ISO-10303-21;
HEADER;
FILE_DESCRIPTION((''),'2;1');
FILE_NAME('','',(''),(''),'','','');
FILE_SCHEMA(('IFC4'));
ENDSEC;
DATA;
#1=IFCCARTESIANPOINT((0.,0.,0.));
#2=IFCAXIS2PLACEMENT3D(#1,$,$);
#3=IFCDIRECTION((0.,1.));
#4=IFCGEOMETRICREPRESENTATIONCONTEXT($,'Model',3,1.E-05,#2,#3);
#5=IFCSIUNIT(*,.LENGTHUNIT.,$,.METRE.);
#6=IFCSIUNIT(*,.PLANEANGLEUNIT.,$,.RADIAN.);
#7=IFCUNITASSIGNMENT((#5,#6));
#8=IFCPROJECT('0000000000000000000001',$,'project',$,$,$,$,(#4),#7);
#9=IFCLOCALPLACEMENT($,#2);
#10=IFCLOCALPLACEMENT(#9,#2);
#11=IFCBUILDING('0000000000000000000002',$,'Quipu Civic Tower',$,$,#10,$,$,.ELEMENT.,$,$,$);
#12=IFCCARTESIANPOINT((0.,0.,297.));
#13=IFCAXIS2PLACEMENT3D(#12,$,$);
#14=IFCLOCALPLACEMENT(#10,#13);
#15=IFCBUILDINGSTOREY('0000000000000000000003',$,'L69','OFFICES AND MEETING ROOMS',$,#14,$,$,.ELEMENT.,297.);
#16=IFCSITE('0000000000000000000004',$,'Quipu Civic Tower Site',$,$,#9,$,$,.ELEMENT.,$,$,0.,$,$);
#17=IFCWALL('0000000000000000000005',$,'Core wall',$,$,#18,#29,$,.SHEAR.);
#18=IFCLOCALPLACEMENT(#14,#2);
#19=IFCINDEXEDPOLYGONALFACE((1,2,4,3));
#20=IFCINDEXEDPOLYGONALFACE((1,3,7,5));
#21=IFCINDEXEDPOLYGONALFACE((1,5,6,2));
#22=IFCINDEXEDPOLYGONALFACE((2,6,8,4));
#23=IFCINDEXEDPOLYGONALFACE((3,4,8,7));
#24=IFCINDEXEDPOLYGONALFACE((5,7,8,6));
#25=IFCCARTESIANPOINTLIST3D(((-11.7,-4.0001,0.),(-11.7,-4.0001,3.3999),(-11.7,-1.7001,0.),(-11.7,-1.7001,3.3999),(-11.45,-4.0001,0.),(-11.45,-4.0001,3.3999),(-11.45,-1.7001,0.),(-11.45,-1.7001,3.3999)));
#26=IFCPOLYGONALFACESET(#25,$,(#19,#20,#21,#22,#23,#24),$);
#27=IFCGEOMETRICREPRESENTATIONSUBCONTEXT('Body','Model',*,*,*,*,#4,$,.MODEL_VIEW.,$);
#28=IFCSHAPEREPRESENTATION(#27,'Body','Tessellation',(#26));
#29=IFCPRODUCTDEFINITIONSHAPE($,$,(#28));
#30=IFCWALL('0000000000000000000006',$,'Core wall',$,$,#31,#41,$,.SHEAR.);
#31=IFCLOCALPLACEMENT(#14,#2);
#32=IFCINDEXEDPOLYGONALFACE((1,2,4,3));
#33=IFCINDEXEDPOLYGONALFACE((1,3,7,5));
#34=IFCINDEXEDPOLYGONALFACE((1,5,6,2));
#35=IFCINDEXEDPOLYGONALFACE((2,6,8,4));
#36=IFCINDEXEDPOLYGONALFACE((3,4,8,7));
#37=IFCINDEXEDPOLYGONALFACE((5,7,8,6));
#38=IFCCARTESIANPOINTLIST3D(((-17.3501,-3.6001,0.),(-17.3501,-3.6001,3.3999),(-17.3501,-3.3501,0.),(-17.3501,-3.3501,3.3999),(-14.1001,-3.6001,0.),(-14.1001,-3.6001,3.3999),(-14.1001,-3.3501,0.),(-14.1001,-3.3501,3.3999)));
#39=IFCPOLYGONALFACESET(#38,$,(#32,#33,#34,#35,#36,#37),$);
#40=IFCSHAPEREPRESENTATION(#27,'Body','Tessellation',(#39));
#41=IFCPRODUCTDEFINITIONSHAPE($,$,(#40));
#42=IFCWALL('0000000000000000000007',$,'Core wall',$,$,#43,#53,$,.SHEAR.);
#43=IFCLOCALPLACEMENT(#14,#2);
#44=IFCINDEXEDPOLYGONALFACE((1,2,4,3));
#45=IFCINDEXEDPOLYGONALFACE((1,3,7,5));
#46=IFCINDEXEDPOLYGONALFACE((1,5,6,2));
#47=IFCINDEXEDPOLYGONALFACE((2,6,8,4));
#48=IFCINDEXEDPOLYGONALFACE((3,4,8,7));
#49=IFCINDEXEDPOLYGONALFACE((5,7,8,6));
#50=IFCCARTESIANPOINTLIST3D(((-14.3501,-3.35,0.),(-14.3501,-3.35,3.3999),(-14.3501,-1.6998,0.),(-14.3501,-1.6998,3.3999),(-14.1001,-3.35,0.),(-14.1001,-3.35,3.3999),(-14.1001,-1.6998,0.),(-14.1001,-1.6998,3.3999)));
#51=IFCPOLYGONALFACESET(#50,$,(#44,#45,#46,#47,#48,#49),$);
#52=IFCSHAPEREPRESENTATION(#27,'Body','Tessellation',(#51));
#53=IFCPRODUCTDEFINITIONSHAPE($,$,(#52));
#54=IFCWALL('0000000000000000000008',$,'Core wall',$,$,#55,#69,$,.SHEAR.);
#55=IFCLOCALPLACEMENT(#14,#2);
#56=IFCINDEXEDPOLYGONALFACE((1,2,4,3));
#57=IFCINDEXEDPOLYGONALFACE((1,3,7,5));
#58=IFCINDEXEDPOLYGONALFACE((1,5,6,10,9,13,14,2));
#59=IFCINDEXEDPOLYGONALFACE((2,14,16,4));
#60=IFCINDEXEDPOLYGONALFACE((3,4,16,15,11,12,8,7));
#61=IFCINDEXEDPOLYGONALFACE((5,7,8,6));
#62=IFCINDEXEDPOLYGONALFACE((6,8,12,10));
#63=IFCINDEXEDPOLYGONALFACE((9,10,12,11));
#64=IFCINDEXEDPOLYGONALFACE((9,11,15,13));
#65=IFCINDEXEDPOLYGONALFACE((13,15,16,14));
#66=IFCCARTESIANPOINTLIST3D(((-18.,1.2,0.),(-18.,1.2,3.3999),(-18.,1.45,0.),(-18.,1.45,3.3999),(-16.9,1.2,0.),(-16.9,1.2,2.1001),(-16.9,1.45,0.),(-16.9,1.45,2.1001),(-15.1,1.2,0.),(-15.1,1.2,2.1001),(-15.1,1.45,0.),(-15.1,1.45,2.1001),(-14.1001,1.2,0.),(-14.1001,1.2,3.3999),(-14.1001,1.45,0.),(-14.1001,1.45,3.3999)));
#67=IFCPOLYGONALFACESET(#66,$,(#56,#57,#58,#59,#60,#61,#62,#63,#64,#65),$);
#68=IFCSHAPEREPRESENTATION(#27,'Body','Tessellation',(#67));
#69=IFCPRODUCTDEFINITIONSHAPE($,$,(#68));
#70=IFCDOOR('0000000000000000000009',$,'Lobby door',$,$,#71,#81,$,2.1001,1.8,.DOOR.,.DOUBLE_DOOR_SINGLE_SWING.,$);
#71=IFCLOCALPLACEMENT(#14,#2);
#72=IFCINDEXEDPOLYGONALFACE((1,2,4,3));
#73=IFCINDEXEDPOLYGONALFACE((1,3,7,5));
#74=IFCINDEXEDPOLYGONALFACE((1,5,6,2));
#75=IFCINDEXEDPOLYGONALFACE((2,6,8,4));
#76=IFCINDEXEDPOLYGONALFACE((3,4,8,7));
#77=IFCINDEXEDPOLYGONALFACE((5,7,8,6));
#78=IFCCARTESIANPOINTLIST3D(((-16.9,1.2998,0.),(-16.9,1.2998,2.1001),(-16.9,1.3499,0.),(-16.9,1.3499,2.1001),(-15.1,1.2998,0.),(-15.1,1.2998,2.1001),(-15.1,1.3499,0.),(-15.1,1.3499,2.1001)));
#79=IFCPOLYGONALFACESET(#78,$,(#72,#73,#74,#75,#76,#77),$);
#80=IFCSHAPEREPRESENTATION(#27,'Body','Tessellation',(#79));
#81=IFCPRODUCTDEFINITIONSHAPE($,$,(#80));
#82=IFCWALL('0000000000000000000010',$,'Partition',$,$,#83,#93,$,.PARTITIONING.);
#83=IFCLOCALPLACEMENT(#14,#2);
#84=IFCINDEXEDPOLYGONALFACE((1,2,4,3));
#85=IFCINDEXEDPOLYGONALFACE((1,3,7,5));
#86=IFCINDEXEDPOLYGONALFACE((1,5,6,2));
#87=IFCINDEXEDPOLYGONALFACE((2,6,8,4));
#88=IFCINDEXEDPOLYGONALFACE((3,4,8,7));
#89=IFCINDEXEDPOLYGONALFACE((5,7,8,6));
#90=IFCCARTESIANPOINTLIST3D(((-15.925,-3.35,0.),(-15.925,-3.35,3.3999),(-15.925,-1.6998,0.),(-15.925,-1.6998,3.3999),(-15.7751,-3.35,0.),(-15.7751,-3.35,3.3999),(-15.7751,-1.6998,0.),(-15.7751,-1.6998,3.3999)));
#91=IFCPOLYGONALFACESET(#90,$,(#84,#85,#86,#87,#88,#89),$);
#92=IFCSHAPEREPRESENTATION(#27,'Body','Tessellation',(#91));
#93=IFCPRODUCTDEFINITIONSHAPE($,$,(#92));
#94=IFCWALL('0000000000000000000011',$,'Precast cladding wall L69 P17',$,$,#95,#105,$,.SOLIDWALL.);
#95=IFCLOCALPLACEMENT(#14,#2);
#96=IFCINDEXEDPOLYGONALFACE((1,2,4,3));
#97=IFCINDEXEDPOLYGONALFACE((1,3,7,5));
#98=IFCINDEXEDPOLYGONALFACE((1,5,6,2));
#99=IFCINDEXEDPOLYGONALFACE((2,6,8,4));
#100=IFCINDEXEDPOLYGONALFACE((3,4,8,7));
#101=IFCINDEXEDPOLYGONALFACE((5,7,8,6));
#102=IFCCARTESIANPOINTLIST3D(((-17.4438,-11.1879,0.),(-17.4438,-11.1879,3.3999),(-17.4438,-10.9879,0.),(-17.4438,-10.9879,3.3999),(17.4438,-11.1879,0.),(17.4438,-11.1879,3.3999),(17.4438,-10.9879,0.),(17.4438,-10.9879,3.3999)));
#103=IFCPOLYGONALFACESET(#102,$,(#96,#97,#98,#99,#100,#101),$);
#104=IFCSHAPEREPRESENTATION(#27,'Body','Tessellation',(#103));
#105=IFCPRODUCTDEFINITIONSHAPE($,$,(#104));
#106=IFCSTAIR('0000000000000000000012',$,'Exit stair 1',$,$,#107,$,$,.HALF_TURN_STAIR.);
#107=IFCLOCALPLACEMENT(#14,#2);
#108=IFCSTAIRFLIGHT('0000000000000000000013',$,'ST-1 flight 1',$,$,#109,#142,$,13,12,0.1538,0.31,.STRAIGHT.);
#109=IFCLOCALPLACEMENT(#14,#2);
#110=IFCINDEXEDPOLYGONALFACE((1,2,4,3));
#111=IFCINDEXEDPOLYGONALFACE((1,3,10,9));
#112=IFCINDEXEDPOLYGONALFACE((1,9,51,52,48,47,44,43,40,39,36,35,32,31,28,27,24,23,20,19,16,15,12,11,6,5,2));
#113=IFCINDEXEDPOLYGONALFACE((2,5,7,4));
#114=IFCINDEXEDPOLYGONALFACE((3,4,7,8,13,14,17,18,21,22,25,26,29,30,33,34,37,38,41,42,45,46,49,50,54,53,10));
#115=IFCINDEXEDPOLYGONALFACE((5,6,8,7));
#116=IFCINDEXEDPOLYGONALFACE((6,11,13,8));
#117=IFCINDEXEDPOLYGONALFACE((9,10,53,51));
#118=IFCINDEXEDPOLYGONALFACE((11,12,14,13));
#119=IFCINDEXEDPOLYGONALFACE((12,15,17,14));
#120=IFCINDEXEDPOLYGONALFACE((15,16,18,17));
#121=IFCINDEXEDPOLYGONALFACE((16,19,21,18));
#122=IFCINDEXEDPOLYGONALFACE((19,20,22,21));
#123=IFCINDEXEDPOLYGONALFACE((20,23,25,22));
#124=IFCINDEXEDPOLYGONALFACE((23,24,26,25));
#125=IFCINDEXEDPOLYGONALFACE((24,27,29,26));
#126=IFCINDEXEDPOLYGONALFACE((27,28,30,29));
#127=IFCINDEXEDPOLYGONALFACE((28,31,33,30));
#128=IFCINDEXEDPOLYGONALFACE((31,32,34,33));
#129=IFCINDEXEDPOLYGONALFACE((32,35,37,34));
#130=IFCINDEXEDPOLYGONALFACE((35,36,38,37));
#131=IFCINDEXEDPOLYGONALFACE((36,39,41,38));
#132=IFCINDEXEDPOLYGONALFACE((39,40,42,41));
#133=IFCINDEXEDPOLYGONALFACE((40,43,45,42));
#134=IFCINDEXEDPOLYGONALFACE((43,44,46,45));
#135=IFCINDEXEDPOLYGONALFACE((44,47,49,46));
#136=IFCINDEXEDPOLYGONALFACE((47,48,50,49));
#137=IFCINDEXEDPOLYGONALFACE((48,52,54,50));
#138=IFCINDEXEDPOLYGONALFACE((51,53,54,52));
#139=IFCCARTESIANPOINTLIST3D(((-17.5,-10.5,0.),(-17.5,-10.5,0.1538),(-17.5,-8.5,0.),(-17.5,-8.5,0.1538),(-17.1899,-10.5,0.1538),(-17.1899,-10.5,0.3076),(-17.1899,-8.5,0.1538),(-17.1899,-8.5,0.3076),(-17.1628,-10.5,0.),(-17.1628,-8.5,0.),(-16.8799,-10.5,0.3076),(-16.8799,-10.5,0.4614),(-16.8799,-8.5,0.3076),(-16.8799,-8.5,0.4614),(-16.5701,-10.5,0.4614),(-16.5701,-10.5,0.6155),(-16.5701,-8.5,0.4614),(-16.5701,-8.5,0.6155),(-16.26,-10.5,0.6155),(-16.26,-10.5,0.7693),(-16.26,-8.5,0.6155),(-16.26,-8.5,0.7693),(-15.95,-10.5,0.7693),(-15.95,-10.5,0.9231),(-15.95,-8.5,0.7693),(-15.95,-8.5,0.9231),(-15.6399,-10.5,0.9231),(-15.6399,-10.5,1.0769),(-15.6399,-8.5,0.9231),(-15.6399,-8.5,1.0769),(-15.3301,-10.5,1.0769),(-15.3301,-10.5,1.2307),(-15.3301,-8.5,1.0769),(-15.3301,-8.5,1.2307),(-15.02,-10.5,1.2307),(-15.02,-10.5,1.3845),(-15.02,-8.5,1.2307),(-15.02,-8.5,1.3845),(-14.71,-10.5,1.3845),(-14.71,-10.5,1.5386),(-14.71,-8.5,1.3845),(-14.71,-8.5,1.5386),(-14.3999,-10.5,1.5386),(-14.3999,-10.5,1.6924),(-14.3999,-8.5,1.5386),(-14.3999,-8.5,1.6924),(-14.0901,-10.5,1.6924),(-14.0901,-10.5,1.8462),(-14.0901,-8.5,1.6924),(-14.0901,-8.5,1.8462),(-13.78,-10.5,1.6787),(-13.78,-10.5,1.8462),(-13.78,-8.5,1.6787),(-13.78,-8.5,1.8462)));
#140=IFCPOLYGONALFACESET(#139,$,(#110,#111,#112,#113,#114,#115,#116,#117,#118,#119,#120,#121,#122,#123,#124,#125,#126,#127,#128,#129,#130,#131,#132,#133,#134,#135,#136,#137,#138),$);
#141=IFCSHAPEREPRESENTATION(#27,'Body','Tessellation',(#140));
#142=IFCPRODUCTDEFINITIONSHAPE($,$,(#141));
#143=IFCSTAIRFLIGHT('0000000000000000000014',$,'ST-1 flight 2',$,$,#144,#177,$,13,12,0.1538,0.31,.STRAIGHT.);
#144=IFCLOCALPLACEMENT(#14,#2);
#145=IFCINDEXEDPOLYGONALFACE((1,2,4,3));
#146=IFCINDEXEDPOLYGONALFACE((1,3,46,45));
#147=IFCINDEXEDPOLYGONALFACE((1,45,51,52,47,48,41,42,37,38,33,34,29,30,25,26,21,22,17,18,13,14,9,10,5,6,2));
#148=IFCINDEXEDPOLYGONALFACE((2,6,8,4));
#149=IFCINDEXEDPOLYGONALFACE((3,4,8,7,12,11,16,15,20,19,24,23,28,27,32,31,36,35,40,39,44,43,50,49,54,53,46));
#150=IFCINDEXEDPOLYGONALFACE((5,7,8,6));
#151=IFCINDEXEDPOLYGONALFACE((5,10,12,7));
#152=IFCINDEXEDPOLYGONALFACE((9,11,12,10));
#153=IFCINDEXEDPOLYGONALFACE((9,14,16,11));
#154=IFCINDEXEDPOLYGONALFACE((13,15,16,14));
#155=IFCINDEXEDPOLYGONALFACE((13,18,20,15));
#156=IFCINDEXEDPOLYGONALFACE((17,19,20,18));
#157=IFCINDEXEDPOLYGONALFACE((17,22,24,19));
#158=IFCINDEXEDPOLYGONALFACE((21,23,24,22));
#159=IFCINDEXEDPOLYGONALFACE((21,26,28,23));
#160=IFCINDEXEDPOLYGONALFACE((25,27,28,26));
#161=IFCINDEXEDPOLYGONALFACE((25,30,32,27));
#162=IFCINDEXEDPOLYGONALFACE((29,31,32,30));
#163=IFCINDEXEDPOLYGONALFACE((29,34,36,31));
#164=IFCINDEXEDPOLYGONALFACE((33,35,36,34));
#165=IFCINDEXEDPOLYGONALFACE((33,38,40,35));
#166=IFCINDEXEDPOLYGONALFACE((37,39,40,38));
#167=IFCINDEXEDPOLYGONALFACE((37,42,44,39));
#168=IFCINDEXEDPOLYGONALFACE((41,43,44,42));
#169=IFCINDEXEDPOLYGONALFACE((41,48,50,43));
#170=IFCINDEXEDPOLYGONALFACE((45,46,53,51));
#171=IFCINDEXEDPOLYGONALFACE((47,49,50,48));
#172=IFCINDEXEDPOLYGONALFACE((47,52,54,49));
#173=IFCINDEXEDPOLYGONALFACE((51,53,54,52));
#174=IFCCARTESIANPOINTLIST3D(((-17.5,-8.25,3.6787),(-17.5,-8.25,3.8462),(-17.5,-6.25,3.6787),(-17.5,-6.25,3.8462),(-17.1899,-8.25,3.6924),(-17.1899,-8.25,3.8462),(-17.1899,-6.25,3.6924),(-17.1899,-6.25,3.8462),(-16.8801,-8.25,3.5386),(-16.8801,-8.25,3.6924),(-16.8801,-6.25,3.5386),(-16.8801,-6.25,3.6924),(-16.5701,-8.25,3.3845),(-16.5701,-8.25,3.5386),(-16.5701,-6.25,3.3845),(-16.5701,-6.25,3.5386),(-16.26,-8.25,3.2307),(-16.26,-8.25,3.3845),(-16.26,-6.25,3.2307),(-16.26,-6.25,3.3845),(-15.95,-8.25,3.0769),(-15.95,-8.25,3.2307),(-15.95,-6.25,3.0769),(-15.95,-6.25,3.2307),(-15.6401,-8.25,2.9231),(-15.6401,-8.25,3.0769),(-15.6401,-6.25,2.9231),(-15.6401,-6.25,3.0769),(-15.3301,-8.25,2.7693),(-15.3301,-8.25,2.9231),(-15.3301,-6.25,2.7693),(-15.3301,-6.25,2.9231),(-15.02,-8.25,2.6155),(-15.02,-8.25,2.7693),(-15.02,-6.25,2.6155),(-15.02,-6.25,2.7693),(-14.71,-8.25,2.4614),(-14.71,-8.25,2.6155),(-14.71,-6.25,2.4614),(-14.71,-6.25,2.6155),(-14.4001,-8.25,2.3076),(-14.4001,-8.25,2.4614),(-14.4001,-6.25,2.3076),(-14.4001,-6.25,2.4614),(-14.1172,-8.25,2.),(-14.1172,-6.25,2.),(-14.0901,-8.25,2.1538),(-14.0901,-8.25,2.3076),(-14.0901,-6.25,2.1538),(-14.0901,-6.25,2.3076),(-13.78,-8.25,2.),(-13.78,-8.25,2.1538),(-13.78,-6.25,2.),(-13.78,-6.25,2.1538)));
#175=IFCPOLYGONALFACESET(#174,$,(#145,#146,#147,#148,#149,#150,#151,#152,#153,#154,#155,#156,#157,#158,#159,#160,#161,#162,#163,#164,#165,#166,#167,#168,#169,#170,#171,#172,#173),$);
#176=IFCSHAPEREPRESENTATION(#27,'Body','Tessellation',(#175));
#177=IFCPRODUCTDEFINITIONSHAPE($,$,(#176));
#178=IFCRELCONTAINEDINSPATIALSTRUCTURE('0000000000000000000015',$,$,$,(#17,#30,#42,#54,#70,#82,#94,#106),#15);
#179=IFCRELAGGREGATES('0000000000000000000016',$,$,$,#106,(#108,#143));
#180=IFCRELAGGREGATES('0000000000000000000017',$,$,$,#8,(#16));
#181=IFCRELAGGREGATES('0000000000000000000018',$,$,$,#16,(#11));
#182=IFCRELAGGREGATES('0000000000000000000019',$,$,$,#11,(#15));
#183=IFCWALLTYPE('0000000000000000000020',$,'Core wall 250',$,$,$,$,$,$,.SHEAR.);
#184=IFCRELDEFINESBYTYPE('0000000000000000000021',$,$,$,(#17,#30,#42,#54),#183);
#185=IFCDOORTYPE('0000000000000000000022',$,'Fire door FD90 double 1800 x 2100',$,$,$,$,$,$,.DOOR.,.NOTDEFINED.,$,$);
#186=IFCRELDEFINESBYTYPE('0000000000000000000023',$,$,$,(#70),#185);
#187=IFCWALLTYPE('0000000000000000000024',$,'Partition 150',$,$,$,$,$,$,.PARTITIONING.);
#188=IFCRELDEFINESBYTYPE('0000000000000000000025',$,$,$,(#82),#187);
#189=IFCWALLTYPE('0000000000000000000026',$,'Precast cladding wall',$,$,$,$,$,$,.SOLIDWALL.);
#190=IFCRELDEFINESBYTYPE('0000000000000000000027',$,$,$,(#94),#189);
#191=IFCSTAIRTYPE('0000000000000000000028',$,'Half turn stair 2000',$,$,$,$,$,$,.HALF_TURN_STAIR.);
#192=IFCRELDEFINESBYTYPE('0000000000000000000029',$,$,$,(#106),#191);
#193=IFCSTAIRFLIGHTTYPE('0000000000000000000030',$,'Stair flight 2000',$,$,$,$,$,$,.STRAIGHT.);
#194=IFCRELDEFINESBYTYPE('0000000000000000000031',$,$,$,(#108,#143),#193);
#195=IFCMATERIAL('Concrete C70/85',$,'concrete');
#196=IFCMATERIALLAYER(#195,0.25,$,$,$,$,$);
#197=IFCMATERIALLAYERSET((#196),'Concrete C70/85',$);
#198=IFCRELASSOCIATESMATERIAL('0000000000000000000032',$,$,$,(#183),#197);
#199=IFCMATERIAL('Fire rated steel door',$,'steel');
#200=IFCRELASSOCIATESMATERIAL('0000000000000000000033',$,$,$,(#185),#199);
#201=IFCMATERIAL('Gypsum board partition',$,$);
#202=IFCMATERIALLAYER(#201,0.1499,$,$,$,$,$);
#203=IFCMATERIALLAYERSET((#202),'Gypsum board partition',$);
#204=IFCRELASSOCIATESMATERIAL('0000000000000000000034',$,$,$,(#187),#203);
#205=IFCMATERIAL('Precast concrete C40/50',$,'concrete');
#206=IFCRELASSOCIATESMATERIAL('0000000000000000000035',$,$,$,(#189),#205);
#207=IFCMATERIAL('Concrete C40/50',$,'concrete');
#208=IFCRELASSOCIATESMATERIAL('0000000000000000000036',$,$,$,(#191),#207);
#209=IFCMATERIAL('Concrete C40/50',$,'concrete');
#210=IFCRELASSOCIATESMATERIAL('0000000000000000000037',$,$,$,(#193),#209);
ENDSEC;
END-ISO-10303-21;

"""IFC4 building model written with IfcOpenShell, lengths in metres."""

from ifc_helpers import new_model, si_unit, direction, frame, frame_2d, origin, place, context, subcontext, project, spatial, polyline, rectangle, outline, extrude, material, layer, layer_set, type_object, element, fill, aggregate, save


model = new_model("IFC4")

# Units and contexts
model_context = context("Model", 3, precision=1e-05, world=origin(), true_north=direction((0.0, 1.0)))
body_context = subcontext(model_context, "Body", "Model", "MODEL_VIEW")
ifc_project = project(units=[si_unit("LENGTHUNIT", "METRE"), si_unit("PLANEANGLEUNIT", "RADIAN")], contexts=[model_context])

# Site, building, storey
site_placement = place(None, origin())
site = spatial("IfcSite", under=ifc_project, at=site_placement, Name="Quipu Civic Tower Site", CompositionType="ELEMENT", RefElevation=0.0)
building_placement = place(site_placement, origin())
building = spatial("IfcBuilding", under=site, at=building_placement, Name="Quipu Civic Tower", CompositionType="ELEMENT")
storey_placement = place(building_placement, frame((0.0, 0.0, 297.0)))
storey = spatial("IfcBuildingStorey", under=building, at=storey_placement, Name="L69", Description="OFFICES AND MEETING ROOMS", CompositionType="ELEMENT", Elevation=297.0)

# Shared definitions
ifc_material_1 = material(Name="Concrete C70/85", Category="concrete")
ifc_layer_1 = layer(ifc_material_1, 0.25)
ifc_layer_set_1 = layer_set([ifc_layer_1], Name="Concrete C70/85")
wall_type_1 = type_object("IfcWallType", Name="Core wall 250", PredefinedType="SHEAR", material=ifc_layer_set_1)

# Walls
wall_1_placement = place(storey_placement, frame((-11.575, -4.0, 0.0), z_axis=(0.0, 0.0, 1.0), x_axis=(0.0, 1.0, 0.0)))
element("IfcWall", 1, at=wall_1_placement, inside=storey, type_object=wall_type_1, Name="Core wall", PredefinedType="SHEAR", context=body_context, shape_type="SweptSolid", body=[
    extrude(rectangle(XDim=2.3, YDim=0.25, at=frame_2d((1.1499, 0.0))), origin(), (0.0, 0.0, 1.0), 3.3999),
])
wall_2_placement = place(storey_placement, frame((-17.3501, -3.4751, 0.0), z_axis=(0.0, 0.0, 1.0), x_axis=(1.0, 0.0, 0.0)))
element("IfcWall", 2, at=wall_2_placement, inside=storey, type_object=wall_type_1, Name="Core wall", PredefinedType="SHEAR", context=body_context, shape_type="SweptSolid", body=[
    extrude(rectangle(XDim=3.25, YDim=0.25, at=frame_2d((1.625, 0.0))), origin(), (0.0, 0.0, 1.0), 3.3999),
])
wall_3_placement = place(storey_placement, frame((-14.2251, -3.3501, 0.0), z_axis=(0.0, 0.0, 1.0), x_axis=(0.0, 1.0, 0.0)))
element("IfcWall", 3, at=wall_3_placement, inside=storey, type_object=wall_type_1, Name="Core wall", PredefinedType="SHEAR", context=body_context, shape_type="SweptSolid", body=[
    extrude(rectangle(XDim=1.6501, YDim=0.25, at=frame_2d((0.8252, 0.0))), origin(), (0.0, 0.0, 1.0), 3.3999),
])

# Wall, opening, door
wall_4_placement = place(storey_placement, frame((-18.0, 1.325, 0.0), z_axis=(0.0, 0.0, 1.0), x_axis=(1.0, 0.0, 0.0)))
wall_4 = element("IfcWall", 4, at=wall_4_placement, inside=storey, type_object=wall_type_1, Name="Core wall", PredefinedType="SHEAR", context=body_context, shape_type="SweptSolid", body=[
    extrude(rectangle(XDim=3.8999, YDim=0.25, at=frame_2d((1.95, 0.0))), origin(), (0.0, 0.0, 1.0), 3.3999),
])
opening_1_placement = place(wall_4_placement, frame((1.1001, 0.0, 0.0)))
opening_1 = element("IfcOpeningElement", 5, at=opening_1_placement, cuts=wall_4, PredefinedType="OPENING", context=body_context, shape_type="SweptSolid", body=[
    extrude(rectangle(XDim=1.8, YDim=2.1001, at=frame_2d((0.8999, 1.05))), frame((0.0, 0.135, 0.0), z_axis=(0.0, -1.0, 0.0), x_axis=(1.0, 0.0, 0.0)), (0.0, 0.0, 1.0), 0.27),
])
ifc_material_2 = material(Name="Fire rated steel door", Category="steel")
door_type_1 = type_object("IfcDoorType", Name="Fire door FD90 double 1800 x 2100", OperationType="NOTDEFINED", PredefinedType="DOOR", material=ifc_material_2)
door_1_placement = place(opening_1_placement, origin())
door_1 = element("IfcDoor", 6, at=door_1_placement, inside=storey, type_object=door_type_1, Name="Lobby door", OperationType="DOUBLE_DOOR_SINGLE_SWING", OverallHeight=2.1001, OverallWidth=1.8, PredefinedType="DOOR", context=body_context, shape_type="SweptSolid", body=[
    extrude(rectangle(XDim=1.8, YDim=2.1001, at=frame_2d((0.8999, 1.05))), frame((0.0, 0.0249, 0.0), z_axis=(0.0, -1.0, 0.0), x_axis=(1.0, 0.0, 0.0)), (0.0, 0.0, 1.0), 0.05),
])
fill(opening_1, door_1)

# Walls
ifc_material_3 = material(Name="Gypsum board partition")
ifc_layer_2 = layer(ifc_material_3, 0.1499)
ifc_layer_set_2 = layer_set([ifc_layer_2], Name="Gypsum board partition")
wall_type_2 = type_object("IfcWallType", Name="Partition 150", PredefinedType="PARTITIONING", material=ifc_layer_set_2)
wall_5_placement = place(storey_placement, frame((-15.8501, -3.3501, 0.0), z_axis=(0.0, 0.0, 1.0), x_axis=(0.0, 1.0, 0.0)))
element("IfcWall", 7, at=wall_5_placement, inside=storey, type_object=wall_type_2, Name="Partition", PredefinedType="PARTITIONING", context=body_context, shape_type="SweptSolid", body=[
    extrude(rectangle(XDim=1.6501, YDim=0.1499, at=frame_2d((0.8252, 0.0))), origin(), (0.0, 0.0, 1.0), 3.3999),
])
ifc_material_4 = material(Name="Precast concrete C40/50", Category="concrete")
wall_type_3 = type_object("IfcWallType", Name="Precast cladding wall", PredefinedType="SOLIDWALL", material=ifc_material_4)
wall_6_placement = place(storey_placement, frame((-17.4438, -11.0879, 0.0), z_axis=(0.0, 0.0, 1.0), x_axis=(1.0, 0.0, 0.0)))
element("IfcWall", 8, at=wall_6_placement, inside=storey, type_object=wall_type_3, Name="Precast cladding wall L69 P17", PredefinedType="SOLIDWALL", context=body_context, shape_type="SweptSolid", body=[
    extrude(rectangle(XDim=34.8877, YDim=0.2, at=frame_2d((17.4438, 0.0))), origin(), (0.0, 0.0, 1.0), 3.3999),
])

# Stair, stair flights
ifc_material_5 = material(Name="Concrete C40/50", Category="concrete")
stair_type = type_object("IfcStairType", Name="Half turn stair 2000", PredefinedType="HALF_TURN_STAIR", material=ifc_material_5)
stair_placement = place(storey_placement, origin())
stair = element("IfcStair", 9, at=stair_placement, inside=storey, type_object=stair_type, Name="Exit stair 1", PredefinedType="HALF_TURN_STAIR")
ifc_material_6 = material(Name="Concrete C40/50", Category="concrete")
stair_flight_type = type_object("IfcStairFlightType", Name="Stair flight 2000", PredefinedType="STRAIGHT", material=ifc_material_6)
stair_flight_1_placement = place(storey_placement, frame((-17.5, -9.5, 0.0), z_axis=(0.0, 0.0, 1.0), x_axis=(1.0, 0.0, 0.0)))
stair_flight_1 = element("IfcStairFlight", 10, at=stair_flight_1_placement, type_object=stair_flight_type, Name="ST-1 flight 1", NumberOfRisers=13, NumberOfTreads=12, PredefinedType="STRAIGHT", RiserHeight=0.1538, TreadLength=0.31, context=body_context, shape_type="SweptSolid", body=[
    extrude(outline(polyline([(0.0, 0.0), (0.0, 0.1538), (0.3101, 0.1538), (0.3101, 0.3076), (0.6201, 0.3076), (0.6201, 0.4614), (0.9299, 0.4614), (0.9299, 0.6155), (1.24, 0.6155), (1.24, 0.7693), (1.55, 0.7693), (1.55, 0.9231), (1.8601, 0.9231), (1.8601, 1.0769), (2.1699, 1.0769), (2.1699, 1.2307), (2.48, 1.2307), (2.48, 1.3845), (2.79, 1.3845), (2.79, 1.5386), (3.1001, 1.5386), (3.1001, 1.6924), (3.4099, 1.6924), (3.4099, 1.8462), (3.72, 1.8462), (3.72, 2.0), (3.72, 1.6787), (0.3372, 0.0), (0.0, 0.0)])), frame((0.0, 1.0, 0.0), z_axis=(0.0, -1.0, 0.0), x_axis=(1.0, 0.0, 0.0)), (0.0, 0.0, 1.0), 2.0),
])
stair_flight_2_placement = place(storey_placement, frame((-13.78, -7.25, 2.0), z_axis=(0.0, 0.0, 1.0), x_axis=(-1.0, 0.0, 0.0)))
stair_flight_2 = element("IfcStairFlight", 11, at=stair_flight_2_placement, type_object=stair_flight_type, Name="ST-1 flight 2", NumberOfRisers=13, NumberOfTreads=12, PredefinedType="STRAIGHT", RiserHeight=0.1538, TreadLength=0.31, context=body_context, shape_type="SweptSolid", body=[
    extrude(outline(polyline([(0.0, 0.0), (0.0, 0.1538), (0.3101, 0.1538), (0.3101, 0.3076), (0.6201, 0.3076), (0.6201, 0.4614), (0.9299, 0.4614), (0.9299, 0.6155), (1.24, 0.6155), (1.24, 0.7693), (1.55, 0.7693), (1.55, 0.9231), (1.8601, 0.9231), (1.8601, 1.0769), (2.1699, 1.0769), (2.1699, 1.2307), (2.48, 1.2307), (2.48, 1.3845), (2.79, 1.3845), (2.79, 1.5386), (3.1001, 1.5386), (3.1001, 1.6924), (3.4099, 1.6924), (3.4099, 1.8462), (3.72, 1.8462), (3.72, 2.0), (3.72, 1.6787), (0.3372, 0.0), (0.0, 0.0)])), frame((0.0, 1.0, 0.0), z_axis=(0.0, -1.0, 0.0), x_axis=(1.0, 0.0, 0.0)), (0.0, 0.0, 1.0), 2.0),
])
aggregate(stair, [stair_flight_1, stair_flight_2])

save(model, "model.ifc")
